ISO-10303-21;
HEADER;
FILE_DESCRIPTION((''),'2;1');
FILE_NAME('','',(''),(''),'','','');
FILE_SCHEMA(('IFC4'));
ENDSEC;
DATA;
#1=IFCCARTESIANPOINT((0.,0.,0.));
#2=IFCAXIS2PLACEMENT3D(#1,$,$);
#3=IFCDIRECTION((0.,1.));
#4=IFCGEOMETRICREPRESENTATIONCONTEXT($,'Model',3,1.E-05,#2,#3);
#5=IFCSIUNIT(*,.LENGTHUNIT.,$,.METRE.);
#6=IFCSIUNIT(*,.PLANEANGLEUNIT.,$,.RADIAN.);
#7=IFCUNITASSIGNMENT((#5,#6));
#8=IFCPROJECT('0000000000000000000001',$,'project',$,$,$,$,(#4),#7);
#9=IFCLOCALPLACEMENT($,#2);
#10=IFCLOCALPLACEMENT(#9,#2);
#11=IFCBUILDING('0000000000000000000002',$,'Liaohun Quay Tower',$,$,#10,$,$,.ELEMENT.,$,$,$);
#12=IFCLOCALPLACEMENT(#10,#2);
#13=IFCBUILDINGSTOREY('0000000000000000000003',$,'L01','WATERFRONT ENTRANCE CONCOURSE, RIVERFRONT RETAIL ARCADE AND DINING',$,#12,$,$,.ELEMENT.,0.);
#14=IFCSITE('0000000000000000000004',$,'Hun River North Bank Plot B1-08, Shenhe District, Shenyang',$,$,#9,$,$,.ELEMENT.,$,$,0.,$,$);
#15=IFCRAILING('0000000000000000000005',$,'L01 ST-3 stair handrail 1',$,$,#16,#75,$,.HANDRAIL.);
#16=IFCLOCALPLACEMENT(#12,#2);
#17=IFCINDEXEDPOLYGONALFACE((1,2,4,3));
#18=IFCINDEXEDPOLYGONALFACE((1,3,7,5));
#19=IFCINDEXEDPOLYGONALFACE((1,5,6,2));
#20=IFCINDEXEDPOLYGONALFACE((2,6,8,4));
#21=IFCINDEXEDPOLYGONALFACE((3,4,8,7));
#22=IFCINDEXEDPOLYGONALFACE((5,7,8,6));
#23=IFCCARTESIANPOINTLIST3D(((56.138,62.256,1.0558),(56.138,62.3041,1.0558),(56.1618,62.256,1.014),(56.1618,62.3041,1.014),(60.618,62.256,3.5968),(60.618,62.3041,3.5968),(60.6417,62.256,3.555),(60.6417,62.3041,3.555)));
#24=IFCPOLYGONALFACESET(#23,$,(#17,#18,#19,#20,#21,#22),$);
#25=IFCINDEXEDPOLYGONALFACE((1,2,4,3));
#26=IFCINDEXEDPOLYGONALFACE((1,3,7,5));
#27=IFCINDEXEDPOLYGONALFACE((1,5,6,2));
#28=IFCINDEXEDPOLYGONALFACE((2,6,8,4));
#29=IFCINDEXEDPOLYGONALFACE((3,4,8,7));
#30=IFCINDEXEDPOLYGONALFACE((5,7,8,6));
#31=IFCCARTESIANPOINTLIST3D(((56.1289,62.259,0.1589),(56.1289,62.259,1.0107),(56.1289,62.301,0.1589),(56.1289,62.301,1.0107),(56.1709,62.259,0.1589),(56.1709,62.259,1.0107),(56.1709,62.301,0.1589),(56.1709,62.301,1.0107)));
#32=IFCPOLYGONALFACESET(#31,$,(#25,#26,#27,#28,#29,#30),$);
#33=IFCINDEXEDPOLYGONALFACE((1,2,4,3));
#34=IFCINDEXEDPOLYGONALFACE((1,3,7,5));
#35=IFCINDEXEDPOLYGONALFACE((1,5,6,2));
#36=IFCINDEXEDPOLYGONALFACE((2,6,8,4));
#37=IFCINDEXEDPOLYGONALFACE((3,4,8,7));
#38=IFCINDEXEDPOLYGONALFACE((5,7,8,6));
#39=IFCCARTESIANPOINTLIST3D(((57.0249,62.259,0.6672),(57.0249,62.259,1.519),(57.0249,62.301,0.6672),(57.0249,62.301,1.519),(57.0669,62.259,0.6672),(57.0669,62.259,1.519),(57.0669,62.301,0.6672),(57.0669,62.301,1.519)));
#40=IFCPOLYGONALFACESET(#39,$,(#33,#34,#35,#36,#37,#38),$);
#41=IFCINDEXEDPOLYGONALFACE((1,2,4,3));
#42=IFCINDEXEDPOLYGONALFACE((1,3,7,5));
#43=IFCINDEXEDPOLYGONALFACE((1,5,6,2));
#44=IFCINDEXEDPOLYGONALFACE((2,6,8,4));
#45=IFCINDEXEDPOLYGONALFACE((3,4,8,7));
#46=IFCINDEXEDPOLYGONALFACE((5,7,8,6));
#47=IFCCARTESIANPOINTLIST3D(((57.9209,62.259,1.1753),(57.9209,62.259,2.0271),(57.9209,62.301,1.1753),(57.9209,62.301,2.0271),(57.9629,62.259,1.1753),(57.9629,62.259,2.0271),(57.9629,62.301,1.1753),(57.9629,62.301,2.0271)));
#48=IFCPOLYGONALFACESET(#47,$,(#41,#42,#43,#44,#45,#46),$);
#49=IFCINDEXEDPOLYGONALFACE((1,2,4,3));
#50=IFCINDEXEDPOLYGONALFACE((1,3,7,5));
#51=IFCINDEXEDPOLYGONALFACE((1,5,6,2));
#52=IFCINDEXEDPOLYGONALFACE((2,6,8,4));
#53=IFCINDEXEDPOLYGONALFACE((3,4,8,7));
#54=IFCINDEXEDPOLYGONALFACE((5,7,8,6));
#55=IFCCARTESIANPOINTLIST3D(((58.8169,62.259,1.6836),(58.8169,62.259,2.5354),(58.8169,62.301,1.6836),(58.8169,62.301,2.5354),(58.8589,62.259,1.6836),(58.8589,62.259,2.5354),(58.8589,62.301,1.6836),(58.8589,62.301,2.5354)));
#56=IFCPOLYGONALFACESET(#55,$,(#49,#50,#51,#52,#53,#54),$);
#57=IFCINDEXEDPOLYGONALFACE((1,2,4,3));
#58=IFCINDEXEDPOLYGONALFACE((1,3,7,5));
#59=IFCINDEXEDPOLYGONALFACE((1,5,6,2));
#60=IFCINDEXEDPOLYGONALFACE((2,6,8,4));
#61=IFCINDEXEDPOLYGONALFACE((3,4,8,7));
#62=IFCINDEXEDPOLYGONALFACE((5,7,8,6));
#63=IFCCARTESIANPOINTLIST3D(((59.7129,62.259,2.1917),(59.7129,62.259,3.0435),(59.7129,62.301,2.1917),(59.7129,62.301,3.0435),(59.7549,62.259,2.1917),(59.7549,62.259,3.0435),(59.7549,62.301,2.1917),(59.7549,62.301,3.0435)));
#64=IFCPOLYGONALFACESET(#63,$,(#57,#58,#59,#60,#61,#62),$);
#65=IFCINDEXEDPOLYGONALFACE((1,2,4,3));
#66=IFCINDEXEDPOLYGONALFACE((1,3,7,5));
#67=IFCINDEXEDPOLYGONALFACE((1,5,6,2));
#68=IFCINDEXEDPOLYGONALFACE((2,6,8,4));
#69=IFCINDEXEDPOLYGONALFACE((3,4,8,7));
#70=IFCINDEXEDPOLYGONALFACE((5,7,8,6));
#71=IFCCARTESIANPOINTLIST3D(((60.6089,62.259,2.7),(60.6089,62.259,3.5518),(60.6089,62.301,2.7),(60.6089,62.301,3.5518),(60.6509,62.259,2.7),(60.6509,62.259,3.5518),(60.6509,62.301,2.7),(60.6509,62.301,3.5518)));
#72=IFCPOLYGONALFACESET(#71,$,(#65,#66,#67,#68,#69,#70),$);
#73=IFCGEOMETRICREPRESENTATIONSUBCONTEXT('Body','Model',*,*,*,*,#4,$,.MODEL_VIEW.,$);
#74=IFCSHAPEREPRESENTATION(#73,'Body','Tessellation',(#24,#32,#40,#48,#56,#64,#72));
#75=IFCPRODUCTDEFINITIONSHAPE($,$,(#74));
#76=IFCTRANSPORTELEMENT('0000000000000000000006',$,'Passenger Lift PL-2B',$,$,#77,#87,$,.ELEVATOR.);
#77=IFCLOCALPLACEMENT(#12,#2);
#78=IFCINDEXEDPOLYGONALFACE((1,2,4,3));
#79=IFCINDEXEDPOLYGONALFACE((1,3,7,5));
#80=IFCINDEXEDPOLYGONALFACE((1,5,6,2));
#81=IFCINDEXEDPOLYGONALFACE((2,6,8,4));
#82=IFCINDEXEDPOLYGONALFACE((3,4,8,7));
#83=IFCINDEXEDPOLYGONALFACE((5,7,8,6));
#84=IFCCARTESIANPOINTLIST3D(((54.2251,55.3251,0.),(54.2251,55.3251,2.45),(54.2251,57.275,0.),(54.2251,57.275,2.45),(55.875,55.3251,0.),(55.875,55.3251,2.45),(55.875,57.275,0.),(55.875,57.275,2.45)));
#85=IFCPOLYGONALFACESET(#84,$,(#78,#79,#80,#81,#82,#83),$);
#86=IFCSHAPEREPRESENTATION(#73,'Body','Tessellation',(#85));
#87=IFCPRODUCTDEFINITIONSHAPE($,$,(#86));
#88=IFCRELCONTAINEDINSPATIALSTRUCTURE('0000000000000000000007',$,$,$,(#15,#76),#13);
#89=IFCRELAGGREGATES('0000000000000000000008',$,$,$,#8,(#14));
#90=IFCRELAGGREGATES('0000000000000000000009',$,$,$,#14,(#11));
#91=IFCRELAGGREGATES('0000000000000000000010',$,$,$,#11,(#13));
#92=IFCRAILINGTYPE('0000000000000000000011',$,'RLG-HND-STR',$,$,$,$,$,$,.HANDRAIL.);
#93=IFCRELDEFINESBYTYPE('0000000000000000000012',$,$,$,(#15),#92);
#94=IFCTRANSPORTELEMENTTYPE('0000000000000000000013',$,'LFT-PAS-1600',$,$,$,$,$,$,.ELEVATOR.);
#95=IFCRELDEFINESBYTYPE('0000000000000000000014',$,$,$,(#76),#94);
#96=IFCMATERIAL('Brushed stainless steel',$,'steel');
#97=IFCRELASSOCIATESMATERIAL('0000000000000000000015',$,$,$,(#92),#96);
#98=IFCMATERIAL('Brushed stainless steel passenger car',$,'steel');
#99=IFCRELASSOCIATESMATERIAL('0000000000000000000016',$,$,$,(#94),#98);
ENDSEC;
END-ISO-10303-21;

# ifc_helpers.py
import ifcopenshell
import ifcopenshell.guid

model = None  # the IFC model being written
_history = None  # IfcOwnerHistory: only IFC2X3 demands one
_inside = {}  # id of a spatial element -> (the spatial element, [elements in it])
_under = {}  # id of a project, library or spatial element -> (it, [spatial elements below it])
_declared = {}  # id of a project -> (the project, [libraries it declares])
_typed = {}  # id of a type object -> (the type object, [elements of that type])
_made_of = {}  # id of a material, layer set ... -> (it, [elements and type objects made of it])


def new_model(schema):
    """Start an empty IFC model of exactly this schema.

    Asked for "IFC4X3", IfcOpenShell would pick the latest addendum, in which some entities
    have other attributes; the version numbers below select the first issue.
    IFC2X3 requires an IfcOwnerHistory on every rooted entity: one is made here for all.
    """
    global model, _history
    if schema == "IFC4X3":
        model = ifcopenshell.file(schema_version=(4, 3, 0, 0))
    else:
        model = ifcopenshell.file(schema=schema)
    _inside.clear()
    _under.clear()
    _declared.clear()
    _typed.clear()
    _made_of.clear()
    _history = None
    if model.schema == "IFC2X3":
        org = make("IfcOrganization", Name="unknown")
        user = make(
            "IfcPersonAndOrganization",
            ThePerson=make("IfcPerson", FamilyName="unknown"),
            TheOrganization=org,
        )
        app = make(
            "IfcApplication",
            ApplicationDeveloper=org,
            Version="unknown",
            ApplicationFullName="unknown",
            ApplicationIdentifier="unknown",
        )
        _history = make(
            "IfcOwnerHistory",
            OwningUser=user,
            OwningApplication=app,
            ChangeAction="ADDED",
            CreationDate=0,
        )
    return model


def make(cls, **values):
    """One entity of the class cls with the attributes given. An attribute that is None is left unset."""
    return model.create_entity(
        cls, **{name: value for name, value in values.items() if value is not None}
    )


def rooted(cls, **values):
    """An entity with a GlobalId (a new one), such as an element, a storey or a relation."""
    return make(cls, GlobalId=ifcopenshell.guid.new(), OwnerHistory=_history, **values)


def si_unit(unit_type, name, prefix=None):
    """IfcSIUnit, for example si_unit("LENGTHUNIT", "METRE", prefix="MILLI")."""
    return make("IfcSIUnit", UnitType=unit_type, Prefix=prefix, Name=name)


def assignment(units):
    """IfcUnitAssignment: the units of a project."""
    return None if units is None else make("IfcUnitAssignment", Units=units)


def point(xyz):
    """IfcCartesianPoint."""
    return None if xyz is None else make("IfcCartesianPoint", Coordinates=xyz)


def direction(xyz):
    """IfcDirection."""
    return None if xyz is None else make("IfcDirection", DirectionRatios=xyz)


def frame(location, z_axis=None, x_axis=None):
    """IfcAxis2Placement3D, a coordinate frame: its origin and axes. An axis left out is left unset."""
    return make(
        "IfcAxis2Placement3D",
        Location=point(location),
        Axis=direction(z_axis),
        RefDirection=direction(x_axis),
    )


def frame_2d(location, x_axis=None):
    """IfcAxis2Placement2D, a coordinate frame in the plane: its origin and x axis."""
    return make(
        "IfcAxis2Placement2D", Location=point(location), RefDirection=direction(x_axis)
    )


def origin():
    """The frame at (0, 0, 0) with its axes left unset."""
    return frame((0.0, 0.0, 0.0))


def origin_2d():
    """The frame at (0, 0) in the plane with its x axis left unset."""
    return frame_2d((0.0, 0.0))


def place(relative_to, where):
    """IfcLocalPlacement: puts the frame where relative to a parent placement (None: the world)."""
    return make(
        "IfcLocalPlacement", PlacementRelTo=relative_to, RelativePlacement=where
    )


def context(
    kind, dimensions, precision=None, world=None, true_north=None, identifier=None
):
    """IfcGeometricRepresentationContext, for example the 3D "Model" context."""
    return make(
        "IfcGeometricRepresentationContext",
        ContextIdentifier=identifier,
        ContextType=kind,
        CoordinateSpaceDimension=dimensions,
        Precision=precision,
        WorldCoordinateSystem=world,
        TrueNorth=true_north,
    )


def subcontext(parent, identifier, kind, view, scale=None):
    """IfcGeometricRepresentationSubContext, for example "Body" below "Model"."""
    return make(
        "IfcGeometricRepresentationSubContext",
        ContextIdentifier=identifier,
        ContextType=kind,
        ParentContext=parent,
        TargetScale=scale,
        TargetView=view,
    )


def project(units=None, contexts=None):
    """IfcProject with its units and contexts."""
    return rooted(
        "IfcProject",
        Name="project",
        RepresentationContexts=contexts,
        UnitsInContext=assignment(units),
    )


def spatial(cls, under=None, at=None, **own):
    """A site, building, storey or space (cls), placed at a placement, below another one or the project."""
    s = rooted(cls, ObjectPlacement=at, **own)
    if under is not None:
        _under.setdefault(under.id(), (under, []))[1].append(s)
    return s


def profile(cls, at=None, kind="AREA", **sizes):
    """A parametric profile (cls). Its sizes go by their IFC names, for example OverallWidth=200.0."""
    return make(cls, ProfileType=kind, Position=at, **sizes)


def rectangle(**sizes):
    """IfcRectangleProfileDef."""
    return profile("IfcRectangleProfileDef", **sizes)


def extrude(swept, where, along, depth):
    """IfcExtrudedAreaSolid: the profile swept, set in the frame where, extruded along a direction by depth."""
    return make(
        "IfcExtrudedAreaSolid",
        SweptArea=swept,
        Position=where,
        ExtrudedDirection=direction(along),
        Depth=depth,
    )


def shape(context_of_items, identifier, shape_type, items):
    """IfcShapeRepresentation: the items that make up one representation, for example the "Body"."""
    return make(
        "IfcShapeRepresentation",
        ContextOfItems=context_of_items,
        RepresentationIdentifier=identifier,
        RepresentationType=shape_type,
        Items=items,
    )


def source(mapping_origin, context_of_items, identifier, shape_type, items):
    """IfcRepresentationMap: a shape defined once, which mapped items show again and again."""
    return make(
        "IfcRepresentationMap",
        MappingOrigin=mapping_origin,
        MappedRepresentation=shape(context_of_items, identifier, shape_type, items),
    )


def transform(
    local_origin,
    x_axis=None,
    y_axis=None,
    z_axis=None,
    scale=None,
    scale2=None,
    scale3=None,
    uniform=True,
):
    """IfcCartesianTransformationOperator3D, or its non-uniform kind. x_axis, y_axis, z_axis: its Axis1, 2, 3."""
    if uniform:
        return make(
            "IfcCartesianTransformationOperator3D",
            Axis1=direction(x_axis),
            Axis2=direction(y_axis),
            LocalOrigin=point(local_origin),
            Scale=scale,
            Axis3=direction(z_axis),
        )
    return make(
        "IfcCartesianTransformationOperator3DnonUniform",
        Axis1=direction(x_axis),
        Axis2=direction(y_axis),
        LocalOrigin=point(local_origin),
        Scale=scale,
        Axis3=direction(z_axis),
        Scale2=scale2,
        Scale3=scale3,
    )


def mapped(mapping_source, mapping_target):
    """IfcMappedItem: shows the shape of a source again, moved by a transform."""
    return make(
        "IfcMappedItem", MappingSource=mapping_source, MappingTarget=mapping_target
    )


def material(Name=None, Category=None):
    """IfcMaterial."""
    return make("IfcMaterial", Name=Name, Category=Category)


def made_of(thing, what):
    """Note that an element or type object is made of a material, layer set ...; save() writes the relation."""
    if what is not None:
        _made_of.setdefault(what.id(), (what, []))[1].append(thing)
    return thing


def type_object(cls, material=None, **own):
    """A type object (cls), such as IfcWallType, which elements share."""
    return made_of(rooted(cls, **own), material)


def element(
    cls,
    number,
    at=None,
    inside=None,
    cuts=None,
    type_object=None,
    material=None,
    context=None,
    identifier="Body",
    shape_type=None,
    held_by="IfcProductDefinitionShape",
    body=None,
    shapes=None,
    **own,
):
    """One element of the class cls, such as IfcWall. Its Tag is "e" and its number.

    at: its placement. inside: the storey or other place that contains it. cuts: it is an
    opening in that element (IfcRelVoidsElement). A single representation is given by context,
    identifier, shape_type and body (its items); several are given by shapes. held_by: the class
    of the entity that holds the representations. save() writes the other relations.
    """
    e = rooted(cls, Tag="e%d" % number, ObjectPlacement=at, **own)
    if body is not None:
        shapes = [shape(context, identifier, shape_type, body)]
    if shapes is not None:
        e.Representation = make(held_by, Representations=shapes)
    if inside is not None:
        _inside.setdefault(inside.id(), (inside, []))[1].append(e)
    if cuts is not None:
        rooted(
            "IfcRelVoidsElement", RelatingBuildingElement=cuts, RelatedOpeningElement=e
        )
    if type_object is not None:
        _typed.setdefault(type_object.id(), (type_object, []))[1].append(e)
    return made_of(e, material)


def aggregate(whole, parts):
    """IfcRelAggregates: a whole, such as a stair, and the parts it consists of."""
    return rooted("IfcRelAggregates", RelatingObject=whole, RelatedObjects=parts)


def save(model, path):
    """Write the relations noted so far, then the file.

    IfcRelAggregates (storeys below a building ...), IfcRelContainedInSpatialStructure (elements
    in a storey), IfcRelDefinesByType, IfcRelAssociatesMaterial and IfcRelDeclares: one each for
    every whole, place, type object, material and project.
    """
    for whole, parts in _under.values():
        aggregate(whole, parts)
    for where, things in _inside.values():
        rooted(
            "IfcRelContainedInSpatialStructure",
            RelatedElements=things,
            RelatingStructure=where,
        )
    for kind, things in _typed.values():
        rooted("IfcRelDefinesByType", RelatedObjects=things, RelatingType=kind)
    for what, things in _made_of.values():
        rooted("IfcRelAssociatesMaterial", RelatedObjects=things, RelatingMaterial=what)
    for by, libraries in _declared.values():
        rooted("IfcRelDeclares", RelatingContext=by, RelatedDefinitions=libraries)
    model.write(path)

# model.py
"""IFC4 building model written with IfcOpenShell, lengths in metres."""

from ifc_helpers import new_model, si_unit, direction, frame, origin, origin_2d, place, context, subcontext, project, spatial, rectangle, extrude, source, transform, mapped, material, type_object, element, save


model = new_model("IFC4")

# Units and contexts
model_context = context("Model", 3, precision=1e-05, world=origin(), true_north=direction((0.0, 1.0)))
body_context = subcontext(model_context, "Body", "Model", "MODEL_VIEW")
ifc_project = project(units=[si_unit("LENGTHUNIT", "METRE"), si_unit("PLANEANGLEUNIT", "RADIAN")], contexts=[model_context])

# Site, building, storey
site_placement = place(None, origin())
site = spatial("IfcSite", under=ifc_project, at=site_placement, Name="Hun River North Bank Plot B1-08, Shenhe District, Shenyang", CompositionType="ELEMENT", RefElevation=0.0)
building_placement = place(site_placement, origin())
building = spatial("IfcBuilding", under=site, at=building_placement, Name="Liaohun Quay Tower", CompositionType="ELEMENT")
storey_placement = place(building_placement, origin())
storey = spatial("IfcBuildingStorey", under=building, at=storey_placement, Name="L01", Description="WATERFRONT ENTRANCE CONCOURSE, RIVERFRONT RETAIL ARCADE AND DINING", CompositionType="ELEMENT", Elevation=0.0)

# Railing
ifc_material_1 = material(Name="Brushed stainless steel", Category="steel")
railing_type_1 = type_object("IfcRailingType", Name="RLG-HND-STR", PredefinedType="HANDRAIL", material=ifc_material_1)
railing_1_placement = place(storey_placement, frame((56.1499, 62.28, 0.1589)))
element("IfcRailing", 1, at=railing_1_placement, inside=storey, type_object=railing_type_1, Name="L01 ST-3 stair handrail 1", PredefinedType="HANDRAIL", context=body_context, shape_type="SweptSolid", body=[
    extrude(rectangle(XDim=0.0481, YDim=0.0481, at=origin_2d()), frame((0.0, 0.0, 0.876), z_axis=(0.869826, 0.0, 0.493359), x_axis=(0.0, 1.0, 0.0)), (0.0, 0.0, 1.0), 5.1504),
    extrude(rectangle(XDim=0.042, YDim=0.042, at=origin_2d()), origin(), (0.0, 0.0, 1.0), 0.8518),
    extrude(rectangle(XDim=0.042, YDim=0.042, at=origin_2d()), frame((0.896, 0.0, 0.5083)), (0.0, 0.0, 1.0), 0.8518),
    extrude(rectangle(XDim=0.042, YDim=0.042, at=origin_2d()), frame((1.792, 0.0, 1.0164)), (0.0, 0.0, 1.0), 0.8518),
    extrude(rectangle(XDim=0.042, YDim=0.042, at=origin_2d()), frame((2.688, 0.0, 1.5247)), (0.0, 0.0, 1.0), 0.8518),
    extrude(rectangle(XDim=0.042, YDim=0.042, at=origin_2d()), frame((3.584, 0.0, 2.0327)), (0.0, 0.0, 1.0), 0.8518),
    extrude(rectangle(XDim=0.042, YDim=0.042, at=origin_2d()), frame((4.48, 0.0, 2.541)), (0.0, 0.0, 1.0), 0.8518),
])

# Transport element
ifc_material_2 = material(Name="Brushed stainless steel passenger car", Category="steel")
transport_element_type = type_object("IfcTransportElementType", Name="LFT-PAS-1600", PredefinedType="ELEVATOR", material=ifc_material_2)
shared_shape_1 = source(origin(), body_context, "Body", "SweptSolid", [
    extrude(rectangle(XDim=1.6499, YDim=1.95, at=origin_2d()), origin(), (0.0, 0.0, 1.0), 2.45),
])
transport_element_placement = place(storey_placement, frame((55.05, 56.3, 0.0), z_axis=(0.0, 0.0, 1.0), x_axis=(1.0, 0.0, 0.0)))
element("IfcTransportElement", 2, at=transport_element_placement, inside=storey, type_object=transport_element_type, Name="Passenger Lift PL-2B", PredefinedType="ELEVATOR", context=body_context, shape_type="MappedRepresentation", body=[
    mapped(shared_shape_1, transform((0.0, 0.0, 0.0), x_axis=(1.0, 0.0, 0.0), y_axis=(0.0, 1.0, 0.0), z_axis=(0.0, 0.0, 1.0), scale=1.0)),
])

save(model, "model.ifc")
